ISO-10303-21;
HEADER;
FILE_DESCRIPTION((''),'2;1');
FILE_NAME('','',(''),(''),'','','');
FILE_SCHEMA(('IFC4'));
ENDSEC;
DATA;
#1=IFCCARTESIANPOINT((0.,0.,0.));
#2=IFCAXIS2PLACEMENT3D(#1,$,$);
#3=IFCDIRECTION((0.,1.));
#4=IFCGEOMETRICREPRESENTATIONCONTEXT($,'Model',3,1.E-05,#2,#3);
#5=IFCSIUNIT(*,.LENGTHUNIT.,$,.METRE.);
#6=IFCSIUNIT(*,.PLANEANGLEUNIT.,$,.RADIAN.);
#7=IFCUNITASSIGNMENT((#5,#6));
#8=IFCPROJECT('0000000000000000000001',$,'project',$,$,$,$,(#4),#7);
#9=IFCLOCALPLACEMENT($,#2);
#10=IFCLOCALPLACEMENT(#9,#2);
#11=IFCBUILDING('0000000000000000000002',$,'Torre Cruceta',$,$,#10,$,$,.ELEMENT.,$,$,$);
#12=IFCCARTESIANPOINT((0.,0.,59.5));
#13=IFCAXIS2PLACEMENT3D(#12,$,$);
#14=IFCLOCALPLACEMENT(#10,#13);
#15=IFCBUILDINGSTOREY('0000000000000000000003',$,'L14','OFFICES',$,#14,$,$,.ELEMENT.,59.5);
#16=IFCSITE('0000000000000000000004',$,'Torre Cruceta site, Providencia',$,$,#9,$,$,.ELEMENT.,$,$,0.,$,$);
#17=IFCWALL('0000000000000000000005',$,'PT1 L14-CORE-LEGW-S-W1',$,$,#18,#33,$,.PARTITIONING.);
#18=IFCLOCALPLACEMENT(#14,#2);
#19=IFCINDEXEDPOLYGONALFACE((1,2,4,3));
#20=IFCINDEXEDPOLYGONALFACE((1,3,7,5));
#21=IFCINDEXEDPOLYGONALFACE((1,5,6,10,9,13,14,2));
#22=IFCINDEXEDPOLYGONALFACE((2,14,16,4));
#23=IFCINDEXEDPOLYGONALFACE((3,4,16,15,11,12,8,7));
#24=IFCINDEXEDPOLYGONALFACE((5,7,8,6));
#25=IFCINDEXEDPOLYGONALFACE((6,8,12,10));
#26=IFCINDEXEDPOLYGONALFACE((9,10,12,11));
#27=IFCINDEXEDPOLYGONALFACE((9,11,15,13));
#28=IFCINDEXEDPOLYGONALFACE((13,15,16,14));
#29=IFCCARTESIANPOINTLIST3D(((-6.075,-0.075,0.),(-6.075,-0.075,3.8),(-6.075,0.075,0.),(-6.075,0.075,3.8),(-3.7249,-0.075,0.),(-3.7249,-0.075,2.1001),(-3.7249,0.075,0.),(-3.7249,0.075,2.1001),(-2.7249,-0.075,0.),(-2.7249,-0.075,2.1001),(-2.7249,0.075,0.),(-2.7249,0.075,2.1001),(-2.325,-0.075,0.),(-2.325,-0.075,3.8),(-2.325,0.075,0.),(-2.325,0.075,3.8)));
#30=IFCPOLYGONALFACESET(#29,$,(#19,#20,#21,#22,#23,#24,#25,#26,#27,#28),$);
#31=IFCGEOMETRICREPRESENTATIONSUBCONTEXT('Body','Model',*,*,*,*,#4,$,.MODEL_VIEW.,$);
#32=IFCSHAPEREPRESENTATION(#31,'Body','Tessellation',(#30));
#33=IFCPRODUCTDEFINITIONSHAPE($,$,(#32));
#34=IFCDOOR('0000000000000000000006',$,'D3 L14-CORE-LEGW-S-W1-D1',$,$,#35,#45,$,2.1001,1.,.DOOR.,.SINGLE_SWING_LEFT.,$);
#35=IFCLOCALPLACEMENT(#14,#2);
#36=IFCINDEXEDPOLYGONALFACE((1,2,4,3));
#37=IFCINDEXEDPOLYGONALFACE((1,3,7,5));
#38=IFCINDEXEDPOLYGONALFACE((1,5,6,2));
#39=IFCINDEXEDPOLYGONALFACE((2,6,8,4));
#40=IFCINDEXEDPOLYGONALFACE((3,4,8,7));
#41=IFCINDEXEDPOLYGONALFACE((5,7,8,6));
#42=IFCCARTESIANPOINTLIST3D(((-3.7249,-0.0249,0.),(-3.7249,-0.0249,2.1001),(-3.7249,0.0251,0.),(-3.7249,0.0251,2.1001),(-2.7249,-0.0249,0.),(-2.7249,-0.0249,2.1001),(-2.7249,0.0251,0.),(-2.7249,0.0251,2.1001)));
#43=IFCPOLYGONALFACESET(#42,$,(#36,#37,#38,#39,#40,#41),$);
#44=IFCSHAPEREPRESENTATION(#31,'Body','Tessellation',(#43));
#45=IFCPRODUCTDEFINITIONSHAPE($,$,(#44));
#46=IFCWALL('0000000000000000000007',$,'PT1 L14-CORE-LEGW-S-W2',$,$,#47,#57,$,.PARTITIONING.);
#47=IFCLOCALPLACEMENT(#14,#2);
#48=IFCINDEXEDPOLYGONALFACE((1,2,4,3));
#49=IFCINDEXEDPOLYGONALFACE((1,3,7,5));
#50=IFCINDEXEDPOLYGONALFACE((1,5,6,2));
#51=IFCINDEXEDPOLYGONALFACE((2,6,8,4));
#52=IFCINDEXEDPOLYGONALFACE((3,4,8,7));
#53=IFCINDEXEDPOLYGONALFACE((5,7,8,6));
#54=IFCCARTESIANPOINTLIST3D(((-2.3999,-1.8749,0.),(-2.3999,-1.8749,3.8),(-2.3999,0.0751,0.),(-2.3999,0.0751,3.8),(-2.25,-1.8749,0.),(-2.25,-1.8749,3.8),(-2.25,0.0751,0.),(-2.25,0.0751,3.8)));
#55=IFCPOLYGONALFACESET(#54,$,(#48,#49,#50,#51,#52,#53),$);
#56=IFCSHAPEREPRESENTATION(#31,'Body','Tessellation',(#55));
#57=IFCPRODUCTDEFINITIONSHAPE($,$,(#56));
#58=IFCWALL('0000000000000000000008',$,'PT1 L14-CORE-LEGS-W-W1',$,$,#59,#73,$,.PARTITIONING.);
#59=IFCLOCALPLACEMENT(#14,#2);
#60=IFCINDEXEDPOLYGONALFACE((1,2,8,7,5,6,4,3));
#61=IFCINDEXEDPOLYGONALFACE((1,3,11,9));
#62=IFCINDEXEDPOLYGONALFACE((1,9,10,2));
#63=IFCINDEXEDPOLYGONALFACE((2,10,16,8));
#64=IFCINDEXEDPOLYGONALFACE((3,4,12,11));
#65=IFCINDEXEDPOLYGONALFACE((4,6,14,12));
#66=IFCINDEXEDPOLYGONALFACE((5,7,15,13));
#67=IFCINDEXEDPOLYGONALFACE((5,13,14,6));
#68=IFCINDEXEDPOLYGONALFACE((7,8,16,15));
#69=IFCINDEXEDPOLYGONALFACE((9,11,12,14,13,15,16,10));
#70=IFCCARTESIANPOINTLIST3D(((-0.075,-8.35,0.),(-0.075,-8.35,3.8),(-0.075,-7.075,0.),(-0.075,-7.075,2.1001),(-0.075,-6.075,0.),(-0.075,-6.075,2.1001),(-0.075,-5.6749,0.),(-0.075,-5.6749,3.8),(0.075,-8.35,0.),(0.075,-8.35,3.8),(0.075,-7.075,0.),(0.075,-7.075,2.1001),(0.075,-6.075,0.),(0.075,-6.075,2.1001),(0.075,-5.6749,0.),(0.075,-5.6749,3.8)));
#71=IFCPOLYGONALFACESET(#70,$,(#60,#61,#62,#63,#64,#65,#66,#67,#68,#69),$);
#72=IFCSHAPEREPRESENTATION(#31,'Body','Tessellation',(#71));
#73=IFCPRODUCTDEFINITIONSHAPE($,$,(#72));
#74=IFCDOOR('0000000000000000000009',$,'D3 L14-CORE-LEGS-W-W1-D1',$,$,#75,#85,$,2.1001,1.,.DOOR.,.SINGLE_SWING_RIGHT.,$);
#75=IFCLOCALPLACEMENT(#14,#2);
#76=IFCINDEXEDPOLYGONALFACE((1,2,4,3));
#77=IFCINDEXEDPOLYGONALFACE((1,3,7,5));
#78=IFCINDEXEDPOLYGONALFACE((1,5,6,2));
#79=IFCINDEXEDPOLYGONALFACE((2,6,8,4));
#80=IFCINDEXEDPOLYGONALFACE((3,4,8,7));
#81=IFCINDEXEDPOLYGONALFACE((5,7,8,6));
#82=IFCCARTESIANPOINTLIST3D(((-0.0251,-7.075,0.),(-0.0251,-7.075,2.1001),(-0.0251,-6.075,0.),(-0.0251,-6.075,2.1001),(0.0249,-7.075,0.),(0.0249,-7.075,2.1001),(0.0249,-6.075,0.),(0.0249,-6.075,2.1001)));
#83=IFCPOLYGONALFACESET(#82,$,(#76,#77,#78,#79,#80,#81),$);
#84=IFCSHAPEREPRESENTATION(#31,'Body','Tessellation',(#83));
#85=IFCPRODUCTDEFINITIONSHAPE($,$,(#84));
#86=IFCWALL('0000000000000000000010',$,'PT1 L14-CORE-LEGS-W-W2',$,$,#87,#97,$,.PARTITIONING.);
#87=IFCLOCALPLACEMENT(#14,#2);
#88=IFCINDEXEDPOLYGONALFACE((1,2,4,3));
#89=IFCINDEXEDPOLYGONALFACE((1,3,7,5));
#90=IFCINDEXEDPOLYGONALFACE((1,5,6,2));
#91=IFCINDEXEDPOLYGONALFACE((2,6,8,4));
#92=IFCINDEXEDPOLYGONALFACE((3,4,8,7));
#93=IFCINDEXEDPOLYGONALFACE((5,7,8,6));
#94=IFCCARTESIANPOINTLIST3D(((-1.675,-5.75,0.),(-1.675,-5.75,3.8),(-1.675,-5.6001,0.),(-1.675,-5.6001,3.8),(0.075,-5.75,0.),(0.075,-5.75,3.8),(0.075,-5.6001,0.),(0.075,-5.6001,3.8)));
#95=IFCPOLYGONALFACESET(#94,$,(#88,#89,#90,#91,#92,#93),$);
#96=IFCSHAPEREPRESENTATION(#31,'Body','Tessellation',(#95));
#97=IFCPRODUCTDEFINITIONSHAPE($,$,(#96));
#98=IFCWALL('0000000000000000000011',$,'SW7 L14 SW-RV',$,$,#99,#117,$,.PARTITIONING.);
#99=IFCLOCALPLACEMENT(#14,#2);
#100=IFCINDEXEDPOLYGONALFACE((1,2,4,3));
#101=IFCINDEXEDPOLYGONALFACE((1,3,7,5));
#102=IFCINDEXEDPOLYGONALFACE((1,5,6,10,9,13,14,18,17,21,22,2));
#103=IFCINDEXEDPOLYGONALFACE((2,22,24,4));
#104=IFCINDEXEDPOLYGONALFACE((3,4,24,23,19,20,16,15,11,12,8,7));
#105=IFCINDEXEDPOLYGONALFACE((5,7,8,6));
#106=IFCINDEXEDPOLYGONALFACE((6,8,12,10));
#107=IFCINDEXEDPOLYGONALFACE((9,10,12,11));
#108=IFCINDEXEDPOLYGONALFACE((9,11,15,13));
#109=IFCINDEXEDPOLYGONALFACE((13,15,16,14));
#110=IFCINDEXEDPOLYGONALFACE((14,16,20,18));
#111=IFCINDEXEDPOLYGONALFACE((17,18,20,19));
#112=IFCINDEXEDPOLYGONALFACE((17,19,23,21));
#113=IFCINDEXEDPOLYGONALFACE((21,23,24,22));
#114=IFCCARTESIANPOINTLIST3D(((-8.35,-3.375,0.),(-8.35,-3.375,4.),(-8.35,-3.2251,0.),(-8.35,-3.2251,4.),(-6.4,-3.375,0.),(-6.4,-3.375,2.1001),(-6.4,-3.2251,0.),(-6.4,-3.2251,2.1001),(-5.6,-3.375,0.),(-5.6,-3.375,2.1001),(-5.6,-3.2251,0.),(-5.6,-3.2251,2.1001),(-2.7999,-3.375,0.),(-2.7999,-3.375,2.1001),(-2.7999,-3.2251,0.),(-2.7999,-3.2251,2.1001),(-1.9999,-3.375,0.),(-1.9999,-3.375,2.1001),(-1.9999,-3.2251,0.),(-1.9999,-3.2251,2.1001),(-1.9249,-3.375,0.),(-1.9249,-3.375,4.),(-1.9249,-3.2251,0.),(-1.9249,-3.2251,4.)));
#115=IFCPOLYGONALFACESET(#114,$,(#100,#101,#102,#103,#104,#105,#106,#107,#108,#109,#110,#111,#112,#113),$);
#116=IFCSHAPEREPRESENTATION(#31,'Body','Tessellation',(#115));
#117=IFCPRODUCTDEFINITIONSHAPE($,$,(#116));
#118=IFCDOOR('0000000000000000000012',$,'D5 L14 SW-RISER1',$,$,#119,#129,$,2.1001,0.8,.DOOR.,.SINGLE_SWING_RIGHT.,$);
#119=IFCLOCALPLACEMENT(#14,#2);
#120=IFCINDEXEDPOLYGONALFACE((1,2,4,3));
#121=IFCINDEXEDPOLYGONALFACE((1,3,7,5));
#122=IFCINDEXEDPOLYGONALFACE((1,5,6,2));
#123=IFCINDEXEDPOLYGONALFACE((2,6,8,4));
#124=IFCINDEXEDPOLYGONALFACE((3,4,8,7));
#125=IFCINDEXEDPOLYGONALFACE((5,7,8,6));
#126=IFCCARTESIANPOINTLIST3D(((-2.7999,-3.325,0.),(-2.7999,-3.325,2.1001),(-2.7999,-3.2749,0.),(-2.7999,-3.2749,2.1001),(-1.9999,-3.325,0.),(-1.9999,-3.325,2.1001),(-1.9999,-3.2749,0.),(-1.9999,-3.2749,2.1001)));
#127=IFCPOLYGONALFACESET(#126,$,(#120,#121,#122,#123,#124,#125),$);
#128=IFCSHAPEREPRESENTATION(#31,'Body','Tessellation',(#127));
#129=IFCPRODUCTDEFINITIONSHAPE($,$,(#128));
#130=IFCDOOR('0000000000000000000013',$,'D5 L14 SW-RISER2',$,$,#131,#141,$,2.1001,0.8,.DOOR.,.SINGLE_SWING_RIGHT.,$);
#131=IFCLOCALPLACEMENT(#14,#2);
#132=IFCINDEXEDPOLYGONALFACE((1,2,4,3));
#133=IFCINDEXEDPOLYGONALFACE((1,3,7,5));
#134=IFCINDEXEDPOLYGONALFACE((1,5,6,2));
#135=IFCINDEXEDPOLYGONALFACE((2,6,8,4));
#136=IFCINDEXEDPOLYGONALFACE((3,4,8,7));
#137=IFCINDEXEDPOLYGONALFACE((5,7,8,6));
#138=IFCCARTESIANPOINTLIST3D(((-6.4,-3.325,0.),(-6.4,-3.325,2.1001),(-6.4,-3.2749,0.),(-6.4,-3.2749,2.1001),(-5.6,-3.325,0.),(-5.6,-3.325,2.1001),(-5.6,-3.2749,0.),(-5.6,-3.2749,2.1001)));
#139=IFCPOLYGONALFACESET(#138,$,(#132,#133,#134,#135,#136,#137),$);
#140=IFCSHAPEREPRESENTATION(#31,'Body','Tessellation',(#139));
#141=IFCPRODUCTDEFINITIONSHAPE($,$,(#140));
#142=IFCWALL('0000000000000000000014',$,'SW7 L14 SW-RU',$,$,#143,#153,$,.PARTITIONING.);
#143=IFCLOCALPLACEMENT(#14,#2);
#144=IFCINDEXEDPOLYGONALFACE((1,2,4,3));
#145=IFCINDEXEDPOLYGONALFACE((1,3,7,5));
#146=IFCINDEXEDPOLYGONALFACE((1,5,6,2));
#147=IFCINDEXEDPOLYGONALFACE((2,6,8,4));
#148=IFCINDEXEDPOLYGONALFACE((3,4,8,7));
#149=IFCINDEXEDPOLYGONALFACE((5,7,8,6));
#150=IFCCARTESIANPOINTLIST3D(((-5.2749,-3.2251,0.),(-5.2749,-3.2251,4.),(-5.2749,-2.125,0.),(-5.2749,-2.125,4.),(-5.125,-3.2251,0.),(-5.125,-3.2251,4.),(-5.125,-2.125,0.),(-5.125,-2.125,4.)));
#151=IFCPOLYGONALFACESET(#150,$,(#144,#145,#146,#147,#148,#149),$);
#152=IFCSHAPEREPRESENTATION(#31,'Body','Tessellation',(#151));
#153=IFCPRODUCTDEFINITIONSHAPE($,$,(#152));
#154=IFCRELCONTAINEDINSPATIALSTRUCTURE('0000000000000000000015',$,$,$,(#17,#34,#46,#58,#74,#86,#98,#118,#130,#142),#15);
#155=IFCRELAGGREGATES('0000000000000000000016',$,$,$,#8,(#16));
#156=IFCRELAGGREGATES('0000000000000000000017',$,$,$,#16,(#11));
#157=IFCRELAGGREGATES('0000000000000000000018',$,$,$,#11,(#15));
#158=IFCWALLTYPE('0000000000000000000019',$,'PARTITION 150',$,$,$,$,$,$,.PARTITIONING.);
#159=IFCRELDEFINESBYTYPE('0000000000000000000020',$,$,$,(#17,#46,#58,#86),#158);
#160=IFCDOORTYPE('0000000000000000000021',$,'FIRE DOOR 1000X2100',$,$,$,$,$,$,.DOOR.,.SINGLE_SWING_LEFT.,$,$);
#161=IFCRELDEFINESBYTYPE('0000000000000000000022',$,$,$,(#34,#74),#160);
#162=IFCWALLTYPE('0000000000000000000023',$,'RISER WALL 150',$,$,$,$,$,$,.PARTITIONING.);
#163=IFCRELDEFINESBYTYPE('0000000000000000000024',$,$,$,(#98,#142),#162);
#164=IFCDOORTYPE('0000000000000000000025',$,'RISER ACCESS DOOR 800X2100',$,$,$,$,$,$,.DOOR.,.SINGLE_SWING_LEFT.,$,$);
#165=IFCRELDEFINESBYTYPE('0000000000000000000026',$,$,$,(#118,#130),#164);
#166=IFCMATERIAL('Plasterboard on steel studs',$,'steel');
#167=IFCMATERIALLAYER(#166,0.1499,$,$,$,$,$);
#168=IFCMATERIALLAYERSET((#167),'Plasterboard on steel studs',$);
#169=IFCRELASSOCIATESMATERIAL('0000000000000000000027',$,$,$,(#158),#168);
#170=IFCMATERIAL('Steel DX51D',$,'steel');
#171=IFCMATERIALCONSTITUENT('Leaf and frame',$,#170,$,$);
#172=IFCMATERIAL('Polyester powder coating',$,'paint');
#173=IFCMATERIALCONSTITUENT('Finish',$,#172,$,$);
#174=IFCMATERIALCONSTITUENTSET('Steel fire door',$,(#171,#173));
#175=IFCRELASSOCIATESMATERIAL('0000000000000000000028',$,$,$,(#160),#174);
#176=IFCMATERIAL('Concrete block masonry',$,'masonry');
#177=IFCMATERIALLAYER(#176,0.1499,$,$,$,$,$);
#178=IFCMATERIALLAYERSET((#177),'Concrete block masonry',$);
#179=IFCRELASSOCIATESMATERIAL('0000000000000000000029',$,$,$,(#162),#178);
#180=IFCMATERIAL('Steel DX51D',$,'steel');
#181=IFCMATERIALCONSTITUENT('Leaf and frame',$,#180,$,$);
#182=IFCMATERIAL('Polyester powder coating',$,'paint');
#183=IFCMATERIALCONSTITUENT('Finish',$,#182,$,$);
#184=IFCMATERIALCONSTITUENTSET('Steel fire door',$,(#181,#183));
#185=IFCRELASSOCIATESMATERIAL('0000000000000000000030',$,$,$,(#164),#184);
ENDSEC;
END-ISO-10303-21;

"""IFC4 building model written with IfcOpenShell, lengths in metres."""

from ifc_helpers import new_model, si_unit, direction, frame, frame_2d, origin, place, context, subcontext, project, spatial, rectangle, extrude, material, layer, layer_set, constituent, constituent_set, type_object, element, fill, save


model = new_model("IFC4")

# Units and contexts
model_context = context("Model", 3, precision=1e-05, world=origin(), true_north=direction((0.0, 1.0)))
body_context = subcontext(model_context, "Body", "Model", "MODEL_VIEW")
ifc_project = project(units=[si_unit("LENGTHUNIT", "METRE"), si_unit("PLANEANGLEUNIT", "RADIAN")], contexts=[model_context])

# Site, building, storey
site_placement = place(None, origin())
site = spatial("IfcSite", under=ifc_project, at=site_placement, Name="Torre Cruceta site, Providencia", CompositionType="ELEMENT", RefElevation=0.0)
building_placement = place(site_placement, origin())
building = spatial("IfcBuilding", under=site, at=building_placement, Name="Torre Cruceta", CompositionType="ELEMENT")
storey_placement = place(building_placement, frame((0.0, 0.0, 59.5)))
storey = spatial("IfcBuildingStorey", under=building, at=storey_placement, Name="L14", Description="OFFICES", CompositionType="ELEMENT", Elevation=59.5)

# Wall, opening, door
ifc_material_1 = material(Name="Plasterboard on steel studs", Category="steel")
ifc_layer_1 = layer(ifc_material_1, 0.1499)
ifc_layer_set_1 = layer_set([ifc_layer_1], Name="Plasterboard on steel studs")
wall_type_1 = type_object("IfcWallType", Name="PARTITION 150", PredefinedType="PARTITIONING", material=ifc_layer_set_1)
wall_1_placement = place(storey_placement, frame((-2.325, 0.0, 0.0), z_axis=(0.0, 0.0, 1.0), x_axis=(-1.0, 0.0, 0.0)))
wall_1 = element("IfcWall", 1, at=wall_1_placement, inside=storey, type_object=wall_type_1, Name="PT1 L14-CORE-LEGW-S-W1", PredefinedType="PARTITIONING", context=body_context, shape_type="SweptSolid", body=[
    extrude(rectangle(XDim=3.75, YDim=0.1499, at=frame_2d((1.875, 0.0))), origin(), (0.0, 0.0, 1.0), 3.8),
])
opening_1_placement = place(wall_1_placement, frame((0.3999, 0.0, 0.0)))
opening_1 = element("IfcOpeningElement", 2, at=opening_1_placement, cuts=wall_1, PredefinedType="OPENING", context=body_context, shape_type="SweptSolid", body=[
    extrude(rectangle(XDim=1.0, YDim=2.1001, at=frame_2d((0.5, 1.05))), frame((0.0, 0.085, 0.0), z_axis=(0.0, -1.0, 0.0), x_axis=(1.0, 0.0, 0.0)), (0.0, 0.0, 1.0), 0.1699),
])
ifc_material_2 = material(Name="Steel DX51D", Category="steel")
ifc_constituent_1 = constituent(ifc_material_2, Name="Leaf and frame")
ifc_material_3 = material(Name="Polyester powder coating", Category="paint")
ifc_constituent_2 = constituent(ifc_material_3, Name="Finish")
ifc_constituent_set_1 = constituent_set(constituents=[ifc_constituent_1, ifc_constituent_2], Name="Steel fire door")
door_type_1 = type_object("IfcDoorType", Name="FIRE DOOR 1000X2100", OperationType="SINGLE_SWING_LEFT", PredefinedType="DOOR", material=ifc_constituent_set_1)
door_1_placement = place(opening_1_placement, origin())
door_1 = element("IfcDoor", 3, at=door_1_placement, inside=storey, type_object=door_type_1, Name="D3 L14-CORE-LEGW-S-W1-D1", OperationType="SINGLE_SWING_LEFT", OverallHeight=2.1001, OverallWidth=1.0, PredefinedType="DOOR", context=body_context, shape_type="SweptSolid", body=[
    extrude(rectangle(XDim=1.0, YDim=2.1001, at=frame_2d((0.5, 1.05))), frame((0.0, 0.0249, 0.0), z_axis=(0.0, -1.0, 0.0), x_axis=(1.0, 0.0, 0.0)), (0.0, 0.0, 1.0), 0.05),
])
fill(opening_1, door_1)

# Wall
wall_2_placement = place(storey_placement, frame((-2.325, -1.875, 0.0), z_axis=(0.0, 0.0, 1.0), x_axis=(0.0, 1.0, 0.0)))
element("IfcWall", 4, at=wall_2_placement, inside=storey, type_object=wall_type_1, Name="PT1 L14-CORE-LEGW-S-W2", PredefinedType="PARTITIONING", context=body_context, shape_type="SweptSolid", body=[
    extrude(rectangle(XDim=1.95, YDim=0.1499, at=frame_2d((0.9751, 0.0))), origin(), (0.0, 0.0, 1.0), 3.8),
])

# Wall, opening, door
wall_3_placement = place(storey_placement, frame((0.0, -5.675, 0.0), z_axis=(0.0, 0.0, 1.0), x_axis=(0.0, -1.0, 0.0)))
wall_3 = element("IfcWall", 5, at=wall_3_placement, inside=storey, type_object=wall_type_1, Name="PT1 L14-CORE-LEGS-W-W1", PredefinedType="PARTITIONING", context=body_context, shape_type="SweptSolid", body=[
    extrude(rectangle(XDim=2.675, YDim=0.1499, at=frame_2d((1.3374, 0.0))), origin(), (0.0, 0.0, 1.0), 3.8),
])
opening_2_placement = place(wall_3_placement, frame((0.3999, 0.0, 0.0)))
opening_2 = element("IfcOpeningElement", 6, at=opening_2_placement, cuts=wall_3, PredefinedType="OPENING", context=body_context, shape_type="SweptSolid", body=[
    extrude(rectangle(XDim=1.0, YDim=2.1001, at=frame_2d((0.5, 1.05))), frame((0.0, 0.085, 0.0), z_axis=(0.0, -1.0, 0.0), x_axis=(1.0, 0.0, 0.0)), (0.0, 0.0, 1.0), 0.1699),
])
door_2_placement = place(opening_2_placement, frame((1.0, 0.0, 0.0), z_axis=(0.0, 0.0, 1.0), x_axis=(-1.0, 0.0, 0.0)))
door_2 = element("IfcDoor", 7, at=door_2_placement, inside=storey, type_object=door_type_1, Name="D3 L14-CORE-LEGS-W-W1-D1", OperationType="SINGLE_SWING_RIGHT", OverallHeight=2.1001, OverallWidth=1.0, PredefinedType="DOOR", context=body_context, shape_type="SweptSolid", body=[
    extrude(rectangle(XDim=1.0, YDim=2.1001, at=frame_2d((0.5, 1.05))), frame((0.0, 0.0251, 0.0), z_axis=(0.0, -1.0, 0.0), x_axis=(1.0, 0.0, 0.0)), (0.0, 0.0, 1.0), 0.05),
])
fill(opening_2, door_2)

# Wall
wall_4_placement = place(storey_placement, frame((-1.675, -5.675, 0.0), z_axis=(0.0, 0.0, 1.0), x_axis=(1.0, 0.0, 0.0)))
element("IfcWall", 8, at=wall_4_placement, inside=storey, type_object=wall_type_1, Name="PT1 L14-CORE-LEGS-W-W2", PredefinedType="PARTITIONING", context=body_context, shape_type="SweptSolid", body=[
    extrude(rectangle(XDim=1.75, YDim=0.1499, at=frame_2d((0.875, 0.0))), origin(), (0.0, 0.0, 1.0), 3.8),
])

# Wall, openings, doors
ifc_material_4 = material(Name="Concrete block masonry", Category="masonry")
ifc_layer_2 = layer(ifc_material_4, 0.1499)
ifc_layer_set_2 = layer_set([ifc_layer_2], Name="Concrete block masonry")
wall_type_2 = type_object("IfcWallType", Name="RISER WALL 150", PredefinedType="PARTITIONING", material=ifc_layer_set_2)
wall_5_placement = place(storey_placement, frame((-1.925, -3.3, 0.0), z_axis=(0.0, 0.0, 1.0), x_axis=(-1.0, 0.0, 0.0)))
wall_5 = element("IfcWall", 9, at=wall_5_placement, inside=storey, type_object=wall_type_2, Name="SW7 L14 SW-RV", PredefinedType="PARTITIONING", context=body_context, shape_type="SweptSolid", body=[
    extrude(rectangle(XDim=6.425, YDim=0.1499, at=frame_2d((3.2124, 0.0))), origin(), (0.0, 0.0, 1.0), 4.0),
])
opening_3_placement = place(wall_5_placement, frame((0.075, 0.0, 0.0)))
opening_3 = element("IfcOpeningElement", 10, at=opening_3_placement, cuts=wall_5, PredefinedType="OPENING", context=body_context, shape_type="SweptSolid", body=[
    extrude(rectangle(XDim=0.8, YDim=2.1001, at=frame_2d((0.3999, 1.05))), frame((0.0, 0.085, 0.0), z_axis=(0.0, -1.0, 0.0), x_axis=(1.0, 0.0, 0.0)), (0.0, 0.0, 1.0), 0.1699),
])
opening_4_placement = place(wall_5_placement, frame((3.675, 0.0, 0.0)))
opening_4 = element("IfcOpeningElement", 11, at=opening_4_placement, cuts=wall_5, PredefinedType="OPENING", context=body_context, shape_type="SweptSolid", body=[
    extrude(rectangle(XDim=0.8, YDim=2.1001, at=frame_2d((0.3999, 1.05))), frame((0.0, 0.085, 0.0), z_axis=(0.0, -1.0, 0.0), x_axis=(1.0, 0.0, 0.0)), (0.0, 0.0, 1.0), 0.1699),
])
ifc_material_5 = material(Name="Steel DX51D", Category="steel")
ifc_constituent_3 = constituent(ifc_material_5, Name="Leaf and frame")
ifc_material_6 = material(Name="Polyester powder coating", Category="paint")
ifc_constituent_4 = constituent(ifc_material_6, Name="Finish")
ifc_constituent_set_2 = constituent_set(constituents=[ifc_constituent_3, ifc_constituent_4], Name="Steel fire door")
door_type_2 = type_object("IfcDoorType", Name="RISER ACCESS DOOR 800X2100", OperationType="SINGLE_SWING_LEFT", PredefinedType="DOOR", material=ifc_constituent_set_2)
door_3_placement = place(opening_3_placement, frame((0.8, 0.0, 0.0), z_axis=(0.0, 0.0, 1.0), x_axis=(-1.0, 0.0, 0.0)))
door_3 = element("IfcDoor", 12, at=door_3_placement, inside=storey, type_object=door_type_2, Name="D5 L14 SW-RISER1", OperationType="SINGLE_SWING_RIGHT", OverallHeight=2.1001, OverallWidth=0.8, PredefinedType="DOOR", context=body_context, shape_type="SweptSolid", body=[
    extrude(rectangle(XDim=0.8, YDim=2.1001, at=frame_2d((0.4001, 1.05))), frame((0.0, 0.0251, 0.0), z_axis=(0.0, -1.0, 0.0), x_axis=(1.0, 0.0, 0.0)), (0.0, 0.0, 1.0), 0.05),
])
fill(opening_3, door_3)
door_4_placement = place(opening_4_placement, frame((0.8, 0.0, 0.0), z_axis=(0.0, 0.0, 1.0), x_axis=(-1.0, 0.0, 0.0)))
door_4 = element("IfcDoor", 13, at=door_4_placement, inside=storey, type_object=door_type_2, Name="D5 L14 SW-RISER2", OperationType="SINGLE_SWING_RIGHT", OverallHeight=2.1001, OverallWidth=0.8, PredefinedType="DOOR", context=body_context, shape_type="SweptSolid", body=[
    extrude(rectangle(XDim=0.8, YDim=2.1001, at=frame_2d((0.4001, 1.05))), frame((0.0, 0.0251, 0.0), z_axis=(0.0, -1.0, 0.0), x_axis=(1.0, 0.0, 0.0)), (0.0, 0.0, 1.0), 0.05),
])
fill(opening_4, door_4)

# Wall
wall_6_placement = place(storey_placement, frame((-5.2, -2.125, 0.0), z_axis=(0.0, 0.0, 1.0), x_axis=(0.0, -1.0, 0.0)))
element("IfcWall", 14, at=wall_6_placement, inside=storey, type_object=wall_type_2, Name="SW7 L14 SW-RU", PredefinedType="PARTITIONING", context=body_context, shape_type="SweptSolid", body=[
    extrude(rectangle(XDim=1.1001, YDim=0.1499, at=frame_2d((0.55, 0.0))), origin(), (0.0, 0.0, 1.0), 4.0),
])

save(model, "model.ifc")
